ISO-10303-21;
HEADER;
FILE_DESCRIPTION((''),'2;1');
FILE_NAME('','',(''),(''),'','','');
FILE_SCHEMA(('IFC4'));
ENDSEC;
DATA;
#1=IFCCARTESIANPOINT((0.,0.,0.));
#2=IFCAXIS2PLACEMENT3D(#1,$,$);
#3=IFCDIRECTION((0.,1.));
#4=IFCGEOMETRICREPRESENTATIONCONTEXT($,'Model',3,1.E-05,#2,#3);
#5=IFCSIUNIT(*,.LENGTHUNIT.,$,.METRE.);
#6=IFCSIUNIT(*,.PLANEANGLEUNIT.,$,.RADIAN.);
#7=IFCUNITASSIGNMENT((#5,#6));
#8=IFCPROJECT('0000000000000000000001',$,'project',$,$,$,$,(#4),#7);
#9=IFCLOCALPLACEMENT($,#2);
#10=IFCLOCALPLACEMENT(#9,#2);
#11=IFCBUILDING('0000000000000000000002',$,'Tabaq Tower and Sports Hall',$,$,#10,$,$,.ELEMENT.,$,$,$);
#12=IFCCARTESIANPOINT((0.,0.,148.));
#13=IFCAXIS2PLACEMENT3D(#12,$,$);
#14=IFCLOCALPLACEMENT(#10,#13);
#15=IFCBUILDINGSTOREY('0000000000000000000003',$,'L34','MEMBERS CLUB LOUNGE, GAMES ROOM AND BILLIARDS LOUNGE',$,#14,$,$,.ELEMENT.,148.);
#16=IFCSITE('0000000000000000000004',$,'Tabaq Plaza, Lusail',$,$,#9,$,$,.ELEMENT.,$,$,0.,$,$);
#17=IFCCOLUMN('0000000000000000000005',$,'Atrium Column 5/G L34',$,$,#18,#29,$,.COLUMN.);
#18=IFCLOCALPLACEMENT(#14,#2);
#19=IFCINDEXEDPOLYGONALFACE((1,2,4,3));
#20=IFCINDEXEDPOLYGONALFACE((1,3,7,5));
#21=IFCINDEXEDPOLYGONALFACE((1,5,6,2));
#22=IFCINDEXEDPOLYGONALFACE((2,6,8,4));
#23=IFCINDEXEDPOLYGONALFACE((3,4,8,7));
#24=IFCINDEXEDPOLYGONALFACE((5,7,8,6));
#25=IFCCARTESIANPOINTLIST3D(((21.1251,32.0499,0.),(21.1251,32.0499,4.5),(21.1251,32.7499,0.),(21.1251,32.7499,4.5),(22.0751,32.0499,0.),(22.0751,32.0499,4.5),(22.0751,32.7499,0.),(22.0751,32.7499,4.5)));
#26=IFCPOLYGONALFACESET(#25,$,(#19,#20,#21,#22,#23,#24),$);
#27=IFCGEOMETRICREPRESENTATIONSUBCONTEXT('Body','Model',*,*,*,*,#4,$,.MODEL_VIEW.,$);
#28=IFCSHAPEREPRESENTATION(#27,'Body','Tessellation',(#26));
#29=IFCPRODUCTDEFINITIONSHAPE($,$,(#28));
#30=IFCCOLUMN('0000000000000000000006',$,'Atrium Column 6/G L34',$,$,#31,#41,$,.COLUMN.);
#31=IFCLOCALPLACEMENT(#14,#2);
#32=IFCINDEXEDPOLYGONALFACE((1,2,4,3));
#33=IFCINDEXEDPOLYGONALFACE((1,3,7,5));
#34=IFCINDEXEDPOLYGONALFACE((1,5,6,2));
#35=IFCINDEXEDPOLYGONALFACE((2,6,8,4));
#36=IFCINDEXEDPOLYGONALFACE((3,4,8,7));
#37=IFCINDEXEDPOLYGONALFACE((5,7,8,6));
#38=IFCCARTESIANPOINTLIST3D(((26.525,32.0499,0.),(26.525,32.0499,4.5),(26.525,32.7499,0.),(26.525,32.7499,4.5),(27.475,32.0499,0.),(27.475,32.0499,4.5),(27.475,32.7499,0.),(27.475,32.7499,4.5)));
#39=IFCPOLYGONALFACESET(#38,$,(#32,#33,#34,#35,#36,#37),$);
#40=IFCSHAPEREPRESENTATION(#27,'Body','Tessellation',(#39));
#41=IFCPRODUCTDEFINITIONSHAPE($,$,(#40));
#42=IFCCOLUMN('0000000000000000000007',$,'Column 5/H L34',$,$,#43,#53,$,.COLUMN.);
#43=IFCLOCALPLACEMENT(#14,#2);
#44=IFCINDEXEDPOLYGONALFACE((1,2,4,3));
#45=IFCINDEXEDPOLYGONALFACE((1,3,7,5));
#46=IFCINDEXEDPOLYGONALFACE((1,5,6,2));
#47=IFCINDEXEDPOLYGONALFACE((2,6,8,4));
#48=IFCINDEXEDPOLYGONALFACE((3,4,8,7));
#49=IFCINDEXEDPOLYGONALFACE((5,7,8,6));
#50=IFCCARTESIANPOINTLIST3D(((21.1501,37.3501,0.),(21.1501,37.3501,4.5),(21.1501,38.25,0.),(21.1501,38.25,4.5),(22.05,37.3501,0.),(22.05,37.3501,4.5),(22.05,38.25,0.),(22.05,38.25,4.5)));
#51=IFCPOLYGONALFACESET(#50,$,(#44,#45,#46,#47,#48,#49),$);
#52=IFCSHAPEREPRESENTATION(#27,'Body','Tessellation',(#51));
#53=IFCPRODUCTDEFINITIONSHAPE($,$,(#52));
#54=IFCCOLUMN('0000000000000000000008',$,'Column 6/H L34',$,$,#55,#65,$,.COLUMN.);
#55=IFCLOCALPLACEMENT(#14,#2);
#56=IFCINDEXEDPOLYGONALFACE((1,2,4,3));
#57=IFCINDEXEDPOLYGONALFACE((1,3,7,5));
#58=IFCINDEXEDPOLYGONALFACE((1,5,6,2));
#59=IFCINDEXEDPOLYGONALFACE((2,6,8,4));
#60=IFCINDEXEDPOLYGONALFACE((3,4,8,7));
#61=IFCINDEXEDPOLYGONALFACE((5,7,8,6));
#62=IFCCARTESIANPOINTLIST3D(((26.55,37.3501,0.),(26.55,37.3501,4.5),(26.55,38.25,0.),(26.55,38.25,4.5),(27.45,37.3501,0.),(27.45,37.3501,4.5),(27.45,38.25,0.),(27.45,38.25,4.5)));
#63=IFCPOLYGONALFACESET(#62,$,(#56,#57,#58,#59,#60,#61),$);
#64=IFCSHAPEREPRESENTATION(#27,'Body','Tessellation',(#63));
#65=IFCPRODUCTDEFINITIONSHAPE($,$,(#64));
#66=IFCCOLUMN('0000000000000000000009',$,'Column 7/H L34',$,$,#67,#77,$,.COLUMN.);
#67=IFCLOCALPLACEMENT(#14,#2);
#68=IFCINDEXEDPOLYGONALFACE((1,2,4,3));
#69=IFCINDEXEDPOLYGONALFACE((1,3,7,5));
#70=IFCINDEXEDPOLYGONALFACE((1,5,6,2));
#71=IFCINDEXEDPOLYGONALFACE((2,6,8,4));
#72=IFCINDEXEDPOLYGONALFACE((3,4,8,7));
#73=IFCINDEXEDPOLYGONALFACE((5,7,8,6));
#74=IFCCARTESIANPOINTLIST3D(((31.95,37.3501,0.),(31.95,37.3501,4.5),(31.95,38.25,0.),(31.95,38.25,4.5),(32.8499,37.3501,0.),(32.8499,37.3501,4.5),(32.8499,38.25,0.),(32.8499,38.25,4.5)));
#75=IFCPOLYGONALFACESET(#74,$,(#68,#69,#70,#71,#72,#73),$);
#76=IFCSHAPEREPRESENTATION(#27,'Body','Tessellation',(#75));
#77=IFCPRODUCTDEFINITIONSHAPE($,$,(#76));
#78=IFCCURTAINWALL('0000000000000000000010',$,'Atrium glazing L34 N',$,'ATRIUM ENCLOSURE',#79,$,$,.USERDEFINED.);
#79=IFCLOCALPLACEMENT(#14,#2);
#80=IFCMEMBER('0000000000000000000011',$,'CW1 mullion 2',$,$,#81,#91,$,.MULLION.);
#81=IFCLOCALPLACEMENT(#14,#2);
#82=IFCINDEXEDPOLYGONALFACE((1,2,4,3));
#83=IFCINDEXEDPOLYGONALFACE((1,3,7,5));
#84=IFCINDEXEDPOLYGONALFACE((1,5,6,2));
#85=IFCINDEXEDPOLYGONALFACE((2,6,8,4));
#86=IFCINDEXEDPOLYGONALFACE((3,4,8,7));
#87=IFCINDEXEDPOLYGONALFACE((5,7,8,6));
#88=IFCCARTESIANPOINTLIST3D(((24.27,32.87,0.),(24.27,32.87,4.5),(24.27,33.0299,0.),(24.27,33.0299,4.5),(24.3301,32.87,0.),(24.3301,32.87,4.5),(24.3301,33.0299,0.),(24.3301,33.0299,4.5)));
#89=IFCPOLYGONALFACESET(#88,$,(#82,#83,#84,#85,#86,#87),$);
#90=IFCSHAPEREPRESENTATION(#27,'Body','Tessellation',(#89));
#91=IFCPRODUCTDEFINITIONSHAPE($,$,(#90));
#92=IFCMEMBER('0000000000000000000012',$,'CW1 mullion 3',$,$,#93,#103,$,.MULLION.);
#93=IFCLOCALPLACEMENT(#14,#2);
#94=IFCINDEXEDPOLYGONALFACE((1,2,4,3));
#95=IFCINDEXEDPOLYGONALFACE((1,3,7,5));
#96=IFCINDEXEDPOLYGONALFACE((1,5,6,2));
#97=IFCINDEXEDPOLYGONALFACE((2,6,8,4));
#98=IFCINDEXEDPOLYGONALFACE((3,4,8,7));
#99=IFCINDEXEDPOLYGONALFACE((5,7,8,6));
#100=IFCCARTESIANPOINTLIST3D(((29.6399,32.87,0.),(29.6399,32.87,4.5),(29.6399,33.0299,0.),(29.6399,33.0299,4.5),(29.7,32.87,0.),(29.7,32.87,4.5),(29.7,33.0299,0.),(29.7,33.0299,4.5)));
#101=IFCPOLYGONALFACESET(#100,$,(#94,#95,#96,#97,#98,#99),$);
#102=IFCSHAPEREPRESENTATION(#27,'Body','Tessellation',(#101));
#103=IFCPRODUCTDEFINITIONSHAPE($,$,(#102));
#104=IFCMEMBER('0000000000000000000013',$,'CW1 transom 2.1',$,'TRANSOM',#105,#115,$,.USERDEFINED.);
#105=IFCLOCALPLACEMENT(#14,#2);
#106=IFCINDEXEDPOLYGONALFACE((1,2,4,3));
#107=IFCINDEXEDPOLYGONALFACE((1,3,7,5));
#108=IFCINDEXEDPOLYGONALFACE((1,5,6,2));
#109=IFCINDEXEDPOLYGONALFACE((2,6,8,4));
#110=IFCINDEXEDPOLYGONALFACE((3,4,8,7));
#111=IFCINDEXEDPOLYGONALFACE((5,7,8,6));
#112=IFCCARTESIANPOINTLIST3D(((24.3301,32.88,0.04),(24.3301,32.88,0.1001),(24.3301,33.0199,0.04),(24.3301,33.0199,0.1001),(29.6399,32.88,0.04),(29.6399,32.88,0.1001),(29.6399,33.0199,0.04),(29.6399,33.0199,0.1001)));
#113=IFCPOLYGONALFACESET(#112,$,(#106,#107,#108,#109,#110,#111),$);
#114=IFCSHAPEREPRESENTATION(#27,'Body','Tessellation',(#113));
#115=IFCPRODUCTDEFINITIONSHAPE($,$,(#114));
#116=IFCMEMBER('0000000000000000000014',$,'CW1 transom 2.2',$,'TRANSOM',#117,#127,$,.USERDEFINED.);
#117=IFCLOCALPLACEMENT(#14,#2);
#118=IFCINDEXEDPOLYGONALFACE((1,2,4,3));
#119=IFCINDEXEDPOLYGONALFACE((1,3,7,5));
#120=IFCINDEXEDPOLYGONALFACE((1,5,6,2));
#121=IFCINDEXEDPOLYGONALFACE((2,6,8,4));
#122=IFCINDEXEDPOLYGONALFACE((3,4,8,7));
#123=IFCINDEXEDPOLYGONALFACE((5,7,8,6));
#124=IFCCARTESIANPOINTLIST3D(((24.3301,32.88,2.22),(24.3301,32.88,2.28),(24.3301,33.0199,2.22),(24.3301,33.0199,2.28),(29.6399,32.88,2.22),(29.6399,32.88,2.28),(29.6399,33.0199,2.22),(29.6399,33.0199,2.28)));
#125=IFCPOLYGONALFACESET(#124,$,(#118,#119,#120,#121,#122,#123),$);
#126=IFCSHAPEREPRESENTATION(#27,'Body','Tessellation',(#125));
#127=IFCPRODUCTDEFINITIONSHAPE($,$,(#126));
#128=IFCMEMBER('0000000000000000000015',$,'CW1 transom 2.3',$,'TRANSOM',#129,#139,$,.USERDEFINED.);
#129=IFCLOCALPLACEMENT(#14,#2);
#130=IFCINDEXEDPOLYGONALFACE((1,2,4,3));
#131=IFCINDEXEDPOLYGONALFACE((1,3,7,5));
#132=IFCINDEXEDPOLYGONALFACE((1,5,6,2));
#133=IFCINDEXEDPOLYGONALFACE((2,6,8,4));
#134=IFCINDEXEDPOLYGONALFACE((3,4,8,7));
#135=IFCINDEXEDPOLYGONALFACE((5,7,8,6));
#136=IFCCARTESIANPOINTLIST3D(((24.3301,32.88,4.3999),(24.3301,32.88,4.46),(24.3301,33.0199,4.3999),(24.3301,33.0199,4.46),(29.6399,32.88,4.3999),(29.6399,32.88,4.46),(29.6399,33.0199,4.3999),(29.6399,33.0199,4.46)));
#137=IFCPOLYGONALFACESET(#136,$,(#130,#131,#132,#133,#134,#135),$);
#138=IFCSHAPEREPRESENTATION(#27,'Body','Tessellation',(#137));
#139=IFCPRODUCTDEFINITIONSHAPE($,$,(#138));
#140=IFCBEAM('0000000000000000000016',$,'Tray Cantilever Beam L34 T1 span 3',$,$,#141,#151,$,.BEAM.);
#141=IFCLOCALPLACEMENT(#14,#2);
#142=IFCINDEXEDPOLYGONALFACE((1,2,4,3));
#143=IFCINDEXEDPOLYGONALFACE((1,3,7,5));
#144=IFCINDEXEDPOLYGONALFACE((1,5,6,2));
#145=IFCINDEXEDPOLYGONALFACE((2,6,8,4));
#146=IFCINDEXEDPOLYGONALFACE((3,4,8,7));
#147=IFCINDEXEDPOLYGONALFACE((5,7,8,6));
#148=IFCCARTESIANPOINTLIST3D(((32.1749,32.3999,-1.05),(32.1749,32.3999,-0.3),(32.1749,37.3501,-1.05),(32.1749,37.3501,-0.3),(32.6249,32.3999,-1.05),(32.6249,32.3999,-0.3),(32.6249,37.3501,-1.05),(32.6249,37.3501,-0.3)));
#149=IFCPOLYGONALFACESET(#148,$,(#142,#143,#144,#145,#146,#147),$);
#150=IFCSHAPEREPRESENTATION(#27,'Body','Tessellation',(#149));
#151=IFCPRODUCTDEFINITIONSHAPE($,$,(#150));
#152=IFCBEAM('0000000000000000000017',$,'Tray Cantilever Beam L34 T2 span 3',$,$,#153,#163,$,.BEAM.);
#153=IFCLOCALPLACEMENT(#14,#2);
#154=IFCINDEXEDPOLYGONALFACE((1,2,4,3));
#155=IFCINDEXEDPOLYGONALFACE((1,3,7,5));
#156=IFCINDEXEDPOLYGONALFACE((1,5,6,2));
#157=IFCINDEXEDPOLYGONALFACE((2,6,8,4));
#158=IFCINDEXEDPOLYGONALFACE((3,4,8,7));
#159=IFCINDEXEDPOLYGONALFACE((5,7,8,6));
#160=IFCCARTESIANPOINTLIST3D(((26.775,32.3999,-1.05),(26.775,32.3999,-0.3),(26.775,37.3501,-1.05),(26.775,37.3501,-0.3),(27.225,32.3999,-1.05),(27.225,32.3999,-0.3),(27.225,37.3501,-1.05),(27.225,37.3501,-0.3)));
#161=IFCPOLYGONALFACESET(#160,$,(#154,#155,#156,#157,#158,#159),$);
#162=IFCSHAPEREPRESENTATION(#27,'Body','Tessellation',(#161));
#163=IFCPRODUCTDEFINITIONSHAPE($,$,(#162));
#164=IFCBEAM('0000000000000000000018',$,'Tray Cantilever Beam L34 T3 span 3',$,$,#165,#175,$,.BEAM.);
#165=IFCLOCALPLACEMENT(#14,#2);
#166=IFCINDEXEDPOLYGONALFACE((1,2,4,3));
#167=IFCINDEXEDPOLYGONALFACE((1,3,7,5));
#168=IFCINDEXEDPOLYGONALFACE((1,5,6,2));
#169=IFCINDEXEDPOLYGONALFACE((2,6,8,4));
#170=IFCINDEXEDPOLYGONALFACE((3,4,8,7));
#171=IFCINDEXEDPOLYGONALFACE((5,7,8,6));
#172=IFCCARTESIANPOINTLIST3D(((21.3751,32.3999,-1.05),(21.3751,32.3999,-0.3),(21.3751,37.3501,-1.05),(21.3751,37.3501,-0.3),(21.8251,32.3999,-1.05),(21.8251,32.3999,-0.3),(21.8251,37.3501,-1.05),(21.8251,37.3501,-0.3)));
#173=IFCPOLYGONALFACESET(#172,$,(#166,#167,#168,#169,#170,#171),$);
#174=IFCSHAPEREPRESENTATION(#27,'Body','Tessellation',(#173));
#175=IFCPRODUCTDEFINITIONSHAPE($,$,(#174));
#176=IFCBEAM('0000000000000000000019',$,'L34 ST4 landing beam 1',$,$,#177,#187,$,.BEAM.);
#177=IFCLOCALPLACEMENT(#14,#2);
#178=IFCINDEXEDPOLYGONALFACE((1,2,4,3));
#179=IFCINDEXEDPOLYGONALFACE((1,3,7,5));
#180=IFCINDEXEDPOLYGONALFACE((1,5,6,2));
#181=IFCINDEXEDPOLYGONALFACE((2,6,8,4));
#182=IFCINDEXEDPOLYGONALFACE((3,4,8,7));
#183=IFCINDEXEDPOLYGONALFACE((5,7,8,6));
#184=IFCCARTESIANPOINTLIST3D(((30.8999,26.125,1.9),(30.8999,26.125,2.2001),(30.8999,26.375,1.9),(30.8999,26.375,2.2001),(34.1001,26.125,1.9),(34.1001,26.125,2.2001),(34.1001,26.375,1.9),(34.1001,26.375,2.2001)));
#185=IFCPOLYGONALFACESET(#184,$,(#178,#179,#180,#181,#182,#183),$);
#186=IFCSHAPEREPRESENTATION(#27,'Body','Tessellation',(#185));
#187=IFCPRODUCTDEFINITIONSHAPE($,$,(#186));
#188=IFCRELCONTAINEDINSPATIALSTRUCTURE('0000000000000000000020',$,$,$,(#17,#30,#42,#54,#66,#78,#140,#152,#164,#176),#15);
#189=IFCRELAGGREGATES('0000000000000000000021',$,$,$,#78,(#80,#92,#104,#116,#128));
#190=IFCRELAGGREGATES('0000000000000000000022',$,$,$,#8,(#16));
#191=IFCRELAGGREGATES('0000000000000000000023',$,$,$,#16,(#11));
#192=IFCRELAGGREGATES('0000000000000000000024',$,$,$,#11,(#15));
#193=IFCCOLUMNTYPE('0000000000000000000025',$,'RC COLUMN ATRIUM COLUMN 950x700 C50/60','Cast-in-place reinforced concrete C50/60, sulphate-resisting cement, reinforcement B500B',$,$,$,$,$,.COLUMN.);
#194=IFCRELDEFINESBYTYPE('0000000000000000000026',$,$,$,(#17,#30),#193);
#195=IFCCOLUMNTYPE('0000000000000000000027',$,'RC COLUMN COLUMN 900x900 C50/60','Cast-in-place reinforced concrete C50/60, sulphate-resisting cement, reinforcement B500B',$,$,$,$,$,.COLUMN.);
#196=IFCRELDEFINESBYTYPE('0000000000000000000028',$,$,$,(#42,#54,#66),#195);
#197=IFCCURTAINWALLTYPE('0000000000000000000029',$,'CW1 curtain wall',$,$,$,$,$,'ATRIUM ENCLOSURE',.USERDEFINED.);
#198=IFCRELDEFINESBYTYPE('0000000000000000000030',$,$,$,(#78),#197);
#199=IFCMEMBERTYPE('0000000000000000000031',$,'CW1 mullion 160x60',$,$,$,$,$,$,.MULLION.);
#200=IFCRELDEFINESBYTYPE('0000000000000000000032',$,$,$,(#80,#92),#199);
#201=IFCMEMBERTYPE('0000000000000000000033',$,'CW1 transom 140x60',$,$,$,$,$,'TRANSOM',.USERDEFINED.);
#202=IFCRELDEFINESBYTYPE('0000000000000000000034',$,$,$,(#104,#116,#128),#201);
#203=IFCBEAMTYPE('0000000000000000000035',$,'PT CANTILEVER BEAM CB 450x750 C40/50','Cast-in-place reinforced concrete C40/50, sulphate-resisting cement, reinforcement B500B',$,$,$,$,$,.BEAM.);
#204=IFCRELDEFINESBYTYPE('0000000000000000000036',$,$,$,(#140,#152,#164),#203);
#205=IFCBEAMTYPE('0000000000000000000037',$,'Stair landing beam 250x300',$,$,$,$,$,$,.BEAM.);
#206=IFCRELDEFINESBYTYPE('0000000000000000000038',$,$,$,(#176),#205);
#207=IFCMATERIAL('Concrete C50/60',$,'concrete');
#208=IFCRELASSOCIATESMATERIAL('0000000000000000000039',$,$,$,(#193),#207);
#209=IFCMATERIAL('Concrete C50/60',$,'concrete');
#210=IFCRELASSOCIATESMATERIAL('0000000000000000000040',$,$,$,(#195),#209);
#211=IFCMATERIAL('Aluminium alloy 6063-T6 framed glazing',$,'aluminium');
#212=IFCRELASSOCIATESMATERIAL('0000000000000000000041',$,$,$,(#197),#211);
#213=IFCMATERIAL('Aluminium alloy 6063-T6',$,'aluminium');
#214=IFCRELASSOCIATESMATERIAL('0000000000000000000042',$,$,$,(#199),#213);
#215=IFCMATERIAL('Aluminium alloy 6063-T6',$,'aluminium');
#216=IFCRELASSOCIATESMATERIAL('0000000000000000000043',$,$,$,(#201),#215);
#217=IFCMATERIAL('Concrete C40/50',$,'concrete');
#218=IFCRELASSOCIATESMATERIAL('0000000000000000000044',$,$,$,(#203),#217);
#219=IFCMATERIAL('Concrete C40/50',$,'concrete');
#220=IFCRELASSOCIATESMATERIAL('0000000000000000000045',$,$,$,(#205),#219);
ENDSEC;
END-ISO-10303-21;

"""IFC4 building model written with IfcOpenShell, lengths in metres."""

from ifc_helpers import new_model, si_unit, direction, frame, origin, origin_2d, place, context, subcontext, project, spatial, rectangle, extrude, material, material_profile, profile_set, type_object, element, aggregate, save


model = new_model("IFC4")

# Units and contexts
model_context = context("Model", 3, precision=1e-05, world=origin(), true_north=direction((0.0, 1.0)))
body_context = subcontext(model_context, "Body", "Model", "MODEL_VIEW")
ifc_project = project(units=[si_unit("LENGTHUNIT", "METRE"), si_unit("PLANEANGLEUNIT", "RADIAN")], contexts=[model_context])

# Site, building, storey
site_placement = place(None, origin())
site = spatial("IfcSite", under=ifc_project, at=site_placement, Name="Tabaq Plaza, Lusail", CompositionType="ELEMENT", RefElevation=0.0)
building_placement = place(site_placement, origin())
building = spatial("IfcBuilding", under=site, at=building_placement, Name="Tabaq Tower and Sports Hall", CompositionType="ELEMENT")
storey_placement = place(building_placement, frame((0.0, 0.0, 148.0)))
storey = spatial("IfcBuildingStorey", under=building, at=storey_placement, Name="L34", Description="MEMBERS CLUB LOUNGE, GAMES ROOM AND BILLIARDS LOUNGE", CompositionType="ELEMENT", Elevation=148.0)

# Columns
ifc_material_1 = material(Name="Concrete C50/60", Category="concrete")
ifc_material_profile_1 = material_profile(ifc_material_1, rectangle(XDim=0.95, YDim=0.7, at=origin_2d()), Name="ATRIUM COLUMN 950x700")
ifc_profile_set_1 = profile_set([ifc_material_profile_1], Name="Concrete C50/60")
column_type_1 = type_object("IfcColumnType", Name="RC COLUMN ATRIUM COLUMN 950x700 C50/60", Description="Cast-in-place reinforced concrete C50/60, sulphate-resisting cement, reinforcement B500B", PredefinedType="COLUMN", material=ifc_profile_set_1)
for number, where, z_axis, x_axis, name in (
    (1, (21.6001, 32.3999, 0.0), (0.0, 0.0, 1.0), (1.0, 0.0, 0.0), "Atrium Column 5/G L34"),
    (2, (27.0, 32.3999, 0.0), (0.0, 0.0, 1.0), (1.0, 0.0, 0.0), "Atrium Column 6/G L34"),
):
    element("IfcColumn", number, at=place(storey_placement, frame(where, z_axis=z_axis, x_axis=x_axis)), inside=storey, type_object=column_type_1, Name=name, PredefinedType="COLUMN", context=body_context, shape_type="SweptSolid", body=[
        extrude(rectangle(XDim=0.95, YDim=0.7, at=origin_2d()), origin(), (0.0, 0.0, 1.0), 4.5),
    ])
ifc_material_2 = material(Name="Concrete C50/60", Category="concrete")
ifc_material_profile_2 = material_profile(ifc_material_2, rectangle(XDim=0.8999, YDim=0.8999, at=origin_2d()), Name="COLUMN 900x900")
ifc_profile_set_2 = profile_set([ifc_material_profile_2], Name="Concrete C50/60")
column_type_2 = type_object("IfcColumnType", Name="RC COLUMN COLUMN 900x900 C50/60", Description="Cast-in-place reinforced concrete C50/60, sulphate-resisting cement, reinforcement B500B", PredefinedType="COLUMN", material=ifc_profile_set_2)
for number, where, z_axis, x_axis, name in (
    (3, (21.6001, 37.8, 0.0), (0.0, 0.0, 1.0), (1.0, 0.0, 0.0), "Column 5/H L34"),
    (4, (27.0, 37.8, 0.0), (0.0, 0.0, 1.0), (1.0, 0.0, 0.0), "Column 6/H L34"),
    (5, (32.3999, 37.8, 0.0), (0.0, 0.0, 1.0), (1.0, 0.0, 0.0), "Column 7/H L34"),
):
    element("IfcColumn", number, at=place(storey_placement, frame(where, z_axis=z_axis, x_axis=x_axis)), inside=storey, type_object=column_type_2, Name=name, PredefinedType="COLUMN", context=body_context, shape_type="SweptSolid", body=[
        extrude(rectangle(XDim=0.8999, YDim=0.8999, at=origin_2d()), origin(), (0.0, 0.0, 1.0), 4.5),
    ])

# Curtain wall, members
ifc_material_3 = material(Name="Aluminium alloy 6063-T6 framed glazing", Category="aluminium")
curtain_wall_type = type_object("IfcCurtainWallType", Name="CW1 curtain wall", ElementType="ATRIUM ENCLOSURE", PredefinedType="USERDEFINED", material=ifc_material_3)
curtain_wall_placement = place(storey_placement, origin())
curtain_wall = element("IfcCurtainWall", 6, at=curtain_wall_placement, inside=storey, type_object=curtain_wall_type, Name="Atrium glazing L34 N", ObjectType="ATRIUM ENCLOSURE", PredefinedType="USERDEFINED")
ifc_material_4 = material(Name="Aluminium alloy 6063-T6", Category="aluminium")
ifc_material_profile_3 = material_profile(ifc_material_4, rectangle(XDim=0.1599, YDim=0.0601, at=origin_2d()), Name="MULLION 160x60")
ifc_profile_set_3 = profile_set([ifc_material_profile_3], Name="Aluminium alloy 6063-T6")
member_type_1 = type_object("IfcMemberType", Name="CW1 mullion 160x60", PredefinedType="MULLION", material=ifc_profile_set_3)
member_1_placement = place(storey_placement, frame((24.3, 32.95, 0.0), z_axis=(0.0, 0.0, 1.0), x_axis=(0.0, 1.0, 0.0)))
member_1 = element("IfcMember", 7, at=member_1_placement, type_object=member_type_1, Name="CW1 mullion 2", PredefinedType="MULLION", context=body_context, shape_type="SweptSolid", body=[
    extrude(rectangle(XDim=0.1599, YDim=0.0601, at=origin_2d()), origin(), (0.0, 0.0, 1.0), 4.5),
])
member_2_placement = place(storey_placement, frame((29.6699, 32.95, 0.0), z_axis=(0.0, 0.0, 1.0), x_axis=(0.0, 1.0, 0.0)))
member_2 = element("IfcMember", 8, at=member_2_placement, type_object=member_type_1, Name="CW1 mullion 3", PredefinedType="MULLION", context=body_context, shape_type="SweptSolid", body=[
    extrude(rectangle(XDim=0.1599, YDim=0.0601, at=origin_2d()), origin(), (0.0, 0.0, 1.0), 4.5),
])
ifc_material_5 = material(Name="Aluminium alloy 6063-T6", Category="aluminium")
ifc_material_profile_4 = material_profile(ifc_material_5, rectangle(XDim=0.1399, YDim=0.0601, at=origin_2d()), Name="TRANSOM 140x60")
ifc_profile_set_4 = profile_set([ifc_material_profile_4], Name="Aluminium alloy 6063-T6")
member_type_2 = type_object("IfcMemberType", Name="CW1 transom 140x60", ElementType="TRANSOM", PredefinedType="USERDEFINED", material=ifc_profile_set_4)
member_3_placement = place(storey_placement, frame((24.3301, 32.95, 0.0701), z_axis=(1.0, 0.0, 0.0), x_axis=(0.0, 1.0, 0.0)))
member_3 = element("IfcMember", 9, at=member_3_placement, type_object=member_type_2, Name="CW1 transom 2.1", ObjectType="TRANSOM", PredefinedType="USERDEFINED", context=body_context, shape_type="SweptSolid", body=[
    extrude(rectangle(XDim=0.1399, YDim=0.0601, at=origin_2d()), origin(), (0.0, 0.0, 1.0), 5.3098),
])
member_4_placement = place(storey_placement, frame((24.3301, 32.95, 2.25), z_axis=(1.0, 0.0, 0.0), x_axis=(0.0, 1.0, 0.0)))
member_4 = element("IfcMember", 10, at=member_4_placement, type_object=member_type_2, Name="CW1 transom 2.2", ObjectType="TRANSOM", PredefinedType="USERDEFINED", context=body_context, shape_type="SweptSolid", body=[
    extrude(rectangle(XDim=0.1399, YDim=0.0601, at=origin_2d()), origin(), (0.0, 0.0, 1.0), 5.3098),
])
member_5_placement = place(storey_placement, frame((24.3301, 32.95, 4.4299), z_axis=(1.0, 0.0, 0.0), x_axis=(0.0, 1.0, 0.0)))
member_5 = element("IfcMember", 11, at=member_5_placement, type_object=member_type_2, Name="CW1 transom 2.3", ObjectType="TRANSOM", PredefinedType="USERDEFINED", context=body_context, shape_type="SweptSolid", body=[
    extrude(rectangle(XDim=0.1399, YDim=0.0601, at=origin_2d()), origin(), (0.0, 0.0, 1.0), 5.3098),
])

# Beams
ifc_material_6 = material(Name="Concrete C40/50", Category="concrete")
ifc_material_profile_5 = material_profile(ifc_material_6, rectangle(XDim=0.45, YDim=0.75, at=origin_2d()), Name="CB 450x750")
ifc_profile_set_5 = profile_set([ifc_material_profile_5], Name="Concrete C40/50")
beam_type_1 = type_object("IfcBeamType", Name="PT CANTILEVER BEAM CB 450x750 C40/50", Description="Cast-in-place reinforced concrete C40/50, sulphate-resisting cement, reinforcement B500B", PredefinedType="BEAM", material=ifc_profile_set_5)
for number, where, z_axis, x_axis, name in (
    (12, (32.3999, 37.3501, -0.675), (0.0, -1.0, 0.0), (1.0, 0.0, 0.0), "Tray Cantilever Beam L34 T1 span 3"),
    (13, (27.0, 37.3501, -0.675), (0.0, -1.0, 0.0), (1.0, 0.0, 0.0), "Tray Cantilever Beam L34 T2 span 3"),
    (14, (21.6001, 37.3501, -0.675), (0.0, -1.0, 0.0), (1.0, 0.0, 0.0), "Tray Cantilever Beam L34 T3 span 3"),
):
    element("IfcBeam", number, at=place(storey_placement, frame(where, z_axis=z_axis, x_axis=x_axis)), inside=storey, type_object=beam_type_1, Name=name, PredefinedType="BEAM", context=body_context, shape_type="SweptSolid", body=[
        extrude(rectangle(XDim=0.45, YDim=0.75, at=origin_2d()), origin(), (0.0, 0.0, 1.0), 4.9502),
    ])
ifc_material_7 = material(Name="Concrete C40/50", Category="concrete")
ifc_material_profile_6 = material_profile(ifc_material_7, rectangle(XDim=0.25, YDim=0.3, at=origin_2d()), Name="RC 250x300")
ifc_profile_set_6 = profile_set([ifc_material_profile_6], Name="Concrete C40/50")
beam_type_2 = type_object("IfcBeamType", Name="Stair landing beam 250x300", PredefinedType="BEAM", material=ifc_profile_set_6)
beam_placement = place(storey_placement, frame((30.8999, 26.25, 2.05), z_axis=(1.0, 0.0, 0.0), x_axis=(0.0, 1.0, 0.0)))
element("IfcBeam", 15, at=beam_placement, inside=storey, type_object=beam_type_2, Name="L34 ST4 landing beam 1", PredefinedType="BEAM", context=body_context, shape_type="SweptSolid", body=[
    extrude(rectangle(XDim=0.25, YDim=0.3, at=origin_2d()), origin(), (0.0, 0.0, 1.0), 3.2002),
])

aggregate(curtain_wall, [member_1, member_2, member_3, member_4, member_5])

save(model, "model.ifc")
